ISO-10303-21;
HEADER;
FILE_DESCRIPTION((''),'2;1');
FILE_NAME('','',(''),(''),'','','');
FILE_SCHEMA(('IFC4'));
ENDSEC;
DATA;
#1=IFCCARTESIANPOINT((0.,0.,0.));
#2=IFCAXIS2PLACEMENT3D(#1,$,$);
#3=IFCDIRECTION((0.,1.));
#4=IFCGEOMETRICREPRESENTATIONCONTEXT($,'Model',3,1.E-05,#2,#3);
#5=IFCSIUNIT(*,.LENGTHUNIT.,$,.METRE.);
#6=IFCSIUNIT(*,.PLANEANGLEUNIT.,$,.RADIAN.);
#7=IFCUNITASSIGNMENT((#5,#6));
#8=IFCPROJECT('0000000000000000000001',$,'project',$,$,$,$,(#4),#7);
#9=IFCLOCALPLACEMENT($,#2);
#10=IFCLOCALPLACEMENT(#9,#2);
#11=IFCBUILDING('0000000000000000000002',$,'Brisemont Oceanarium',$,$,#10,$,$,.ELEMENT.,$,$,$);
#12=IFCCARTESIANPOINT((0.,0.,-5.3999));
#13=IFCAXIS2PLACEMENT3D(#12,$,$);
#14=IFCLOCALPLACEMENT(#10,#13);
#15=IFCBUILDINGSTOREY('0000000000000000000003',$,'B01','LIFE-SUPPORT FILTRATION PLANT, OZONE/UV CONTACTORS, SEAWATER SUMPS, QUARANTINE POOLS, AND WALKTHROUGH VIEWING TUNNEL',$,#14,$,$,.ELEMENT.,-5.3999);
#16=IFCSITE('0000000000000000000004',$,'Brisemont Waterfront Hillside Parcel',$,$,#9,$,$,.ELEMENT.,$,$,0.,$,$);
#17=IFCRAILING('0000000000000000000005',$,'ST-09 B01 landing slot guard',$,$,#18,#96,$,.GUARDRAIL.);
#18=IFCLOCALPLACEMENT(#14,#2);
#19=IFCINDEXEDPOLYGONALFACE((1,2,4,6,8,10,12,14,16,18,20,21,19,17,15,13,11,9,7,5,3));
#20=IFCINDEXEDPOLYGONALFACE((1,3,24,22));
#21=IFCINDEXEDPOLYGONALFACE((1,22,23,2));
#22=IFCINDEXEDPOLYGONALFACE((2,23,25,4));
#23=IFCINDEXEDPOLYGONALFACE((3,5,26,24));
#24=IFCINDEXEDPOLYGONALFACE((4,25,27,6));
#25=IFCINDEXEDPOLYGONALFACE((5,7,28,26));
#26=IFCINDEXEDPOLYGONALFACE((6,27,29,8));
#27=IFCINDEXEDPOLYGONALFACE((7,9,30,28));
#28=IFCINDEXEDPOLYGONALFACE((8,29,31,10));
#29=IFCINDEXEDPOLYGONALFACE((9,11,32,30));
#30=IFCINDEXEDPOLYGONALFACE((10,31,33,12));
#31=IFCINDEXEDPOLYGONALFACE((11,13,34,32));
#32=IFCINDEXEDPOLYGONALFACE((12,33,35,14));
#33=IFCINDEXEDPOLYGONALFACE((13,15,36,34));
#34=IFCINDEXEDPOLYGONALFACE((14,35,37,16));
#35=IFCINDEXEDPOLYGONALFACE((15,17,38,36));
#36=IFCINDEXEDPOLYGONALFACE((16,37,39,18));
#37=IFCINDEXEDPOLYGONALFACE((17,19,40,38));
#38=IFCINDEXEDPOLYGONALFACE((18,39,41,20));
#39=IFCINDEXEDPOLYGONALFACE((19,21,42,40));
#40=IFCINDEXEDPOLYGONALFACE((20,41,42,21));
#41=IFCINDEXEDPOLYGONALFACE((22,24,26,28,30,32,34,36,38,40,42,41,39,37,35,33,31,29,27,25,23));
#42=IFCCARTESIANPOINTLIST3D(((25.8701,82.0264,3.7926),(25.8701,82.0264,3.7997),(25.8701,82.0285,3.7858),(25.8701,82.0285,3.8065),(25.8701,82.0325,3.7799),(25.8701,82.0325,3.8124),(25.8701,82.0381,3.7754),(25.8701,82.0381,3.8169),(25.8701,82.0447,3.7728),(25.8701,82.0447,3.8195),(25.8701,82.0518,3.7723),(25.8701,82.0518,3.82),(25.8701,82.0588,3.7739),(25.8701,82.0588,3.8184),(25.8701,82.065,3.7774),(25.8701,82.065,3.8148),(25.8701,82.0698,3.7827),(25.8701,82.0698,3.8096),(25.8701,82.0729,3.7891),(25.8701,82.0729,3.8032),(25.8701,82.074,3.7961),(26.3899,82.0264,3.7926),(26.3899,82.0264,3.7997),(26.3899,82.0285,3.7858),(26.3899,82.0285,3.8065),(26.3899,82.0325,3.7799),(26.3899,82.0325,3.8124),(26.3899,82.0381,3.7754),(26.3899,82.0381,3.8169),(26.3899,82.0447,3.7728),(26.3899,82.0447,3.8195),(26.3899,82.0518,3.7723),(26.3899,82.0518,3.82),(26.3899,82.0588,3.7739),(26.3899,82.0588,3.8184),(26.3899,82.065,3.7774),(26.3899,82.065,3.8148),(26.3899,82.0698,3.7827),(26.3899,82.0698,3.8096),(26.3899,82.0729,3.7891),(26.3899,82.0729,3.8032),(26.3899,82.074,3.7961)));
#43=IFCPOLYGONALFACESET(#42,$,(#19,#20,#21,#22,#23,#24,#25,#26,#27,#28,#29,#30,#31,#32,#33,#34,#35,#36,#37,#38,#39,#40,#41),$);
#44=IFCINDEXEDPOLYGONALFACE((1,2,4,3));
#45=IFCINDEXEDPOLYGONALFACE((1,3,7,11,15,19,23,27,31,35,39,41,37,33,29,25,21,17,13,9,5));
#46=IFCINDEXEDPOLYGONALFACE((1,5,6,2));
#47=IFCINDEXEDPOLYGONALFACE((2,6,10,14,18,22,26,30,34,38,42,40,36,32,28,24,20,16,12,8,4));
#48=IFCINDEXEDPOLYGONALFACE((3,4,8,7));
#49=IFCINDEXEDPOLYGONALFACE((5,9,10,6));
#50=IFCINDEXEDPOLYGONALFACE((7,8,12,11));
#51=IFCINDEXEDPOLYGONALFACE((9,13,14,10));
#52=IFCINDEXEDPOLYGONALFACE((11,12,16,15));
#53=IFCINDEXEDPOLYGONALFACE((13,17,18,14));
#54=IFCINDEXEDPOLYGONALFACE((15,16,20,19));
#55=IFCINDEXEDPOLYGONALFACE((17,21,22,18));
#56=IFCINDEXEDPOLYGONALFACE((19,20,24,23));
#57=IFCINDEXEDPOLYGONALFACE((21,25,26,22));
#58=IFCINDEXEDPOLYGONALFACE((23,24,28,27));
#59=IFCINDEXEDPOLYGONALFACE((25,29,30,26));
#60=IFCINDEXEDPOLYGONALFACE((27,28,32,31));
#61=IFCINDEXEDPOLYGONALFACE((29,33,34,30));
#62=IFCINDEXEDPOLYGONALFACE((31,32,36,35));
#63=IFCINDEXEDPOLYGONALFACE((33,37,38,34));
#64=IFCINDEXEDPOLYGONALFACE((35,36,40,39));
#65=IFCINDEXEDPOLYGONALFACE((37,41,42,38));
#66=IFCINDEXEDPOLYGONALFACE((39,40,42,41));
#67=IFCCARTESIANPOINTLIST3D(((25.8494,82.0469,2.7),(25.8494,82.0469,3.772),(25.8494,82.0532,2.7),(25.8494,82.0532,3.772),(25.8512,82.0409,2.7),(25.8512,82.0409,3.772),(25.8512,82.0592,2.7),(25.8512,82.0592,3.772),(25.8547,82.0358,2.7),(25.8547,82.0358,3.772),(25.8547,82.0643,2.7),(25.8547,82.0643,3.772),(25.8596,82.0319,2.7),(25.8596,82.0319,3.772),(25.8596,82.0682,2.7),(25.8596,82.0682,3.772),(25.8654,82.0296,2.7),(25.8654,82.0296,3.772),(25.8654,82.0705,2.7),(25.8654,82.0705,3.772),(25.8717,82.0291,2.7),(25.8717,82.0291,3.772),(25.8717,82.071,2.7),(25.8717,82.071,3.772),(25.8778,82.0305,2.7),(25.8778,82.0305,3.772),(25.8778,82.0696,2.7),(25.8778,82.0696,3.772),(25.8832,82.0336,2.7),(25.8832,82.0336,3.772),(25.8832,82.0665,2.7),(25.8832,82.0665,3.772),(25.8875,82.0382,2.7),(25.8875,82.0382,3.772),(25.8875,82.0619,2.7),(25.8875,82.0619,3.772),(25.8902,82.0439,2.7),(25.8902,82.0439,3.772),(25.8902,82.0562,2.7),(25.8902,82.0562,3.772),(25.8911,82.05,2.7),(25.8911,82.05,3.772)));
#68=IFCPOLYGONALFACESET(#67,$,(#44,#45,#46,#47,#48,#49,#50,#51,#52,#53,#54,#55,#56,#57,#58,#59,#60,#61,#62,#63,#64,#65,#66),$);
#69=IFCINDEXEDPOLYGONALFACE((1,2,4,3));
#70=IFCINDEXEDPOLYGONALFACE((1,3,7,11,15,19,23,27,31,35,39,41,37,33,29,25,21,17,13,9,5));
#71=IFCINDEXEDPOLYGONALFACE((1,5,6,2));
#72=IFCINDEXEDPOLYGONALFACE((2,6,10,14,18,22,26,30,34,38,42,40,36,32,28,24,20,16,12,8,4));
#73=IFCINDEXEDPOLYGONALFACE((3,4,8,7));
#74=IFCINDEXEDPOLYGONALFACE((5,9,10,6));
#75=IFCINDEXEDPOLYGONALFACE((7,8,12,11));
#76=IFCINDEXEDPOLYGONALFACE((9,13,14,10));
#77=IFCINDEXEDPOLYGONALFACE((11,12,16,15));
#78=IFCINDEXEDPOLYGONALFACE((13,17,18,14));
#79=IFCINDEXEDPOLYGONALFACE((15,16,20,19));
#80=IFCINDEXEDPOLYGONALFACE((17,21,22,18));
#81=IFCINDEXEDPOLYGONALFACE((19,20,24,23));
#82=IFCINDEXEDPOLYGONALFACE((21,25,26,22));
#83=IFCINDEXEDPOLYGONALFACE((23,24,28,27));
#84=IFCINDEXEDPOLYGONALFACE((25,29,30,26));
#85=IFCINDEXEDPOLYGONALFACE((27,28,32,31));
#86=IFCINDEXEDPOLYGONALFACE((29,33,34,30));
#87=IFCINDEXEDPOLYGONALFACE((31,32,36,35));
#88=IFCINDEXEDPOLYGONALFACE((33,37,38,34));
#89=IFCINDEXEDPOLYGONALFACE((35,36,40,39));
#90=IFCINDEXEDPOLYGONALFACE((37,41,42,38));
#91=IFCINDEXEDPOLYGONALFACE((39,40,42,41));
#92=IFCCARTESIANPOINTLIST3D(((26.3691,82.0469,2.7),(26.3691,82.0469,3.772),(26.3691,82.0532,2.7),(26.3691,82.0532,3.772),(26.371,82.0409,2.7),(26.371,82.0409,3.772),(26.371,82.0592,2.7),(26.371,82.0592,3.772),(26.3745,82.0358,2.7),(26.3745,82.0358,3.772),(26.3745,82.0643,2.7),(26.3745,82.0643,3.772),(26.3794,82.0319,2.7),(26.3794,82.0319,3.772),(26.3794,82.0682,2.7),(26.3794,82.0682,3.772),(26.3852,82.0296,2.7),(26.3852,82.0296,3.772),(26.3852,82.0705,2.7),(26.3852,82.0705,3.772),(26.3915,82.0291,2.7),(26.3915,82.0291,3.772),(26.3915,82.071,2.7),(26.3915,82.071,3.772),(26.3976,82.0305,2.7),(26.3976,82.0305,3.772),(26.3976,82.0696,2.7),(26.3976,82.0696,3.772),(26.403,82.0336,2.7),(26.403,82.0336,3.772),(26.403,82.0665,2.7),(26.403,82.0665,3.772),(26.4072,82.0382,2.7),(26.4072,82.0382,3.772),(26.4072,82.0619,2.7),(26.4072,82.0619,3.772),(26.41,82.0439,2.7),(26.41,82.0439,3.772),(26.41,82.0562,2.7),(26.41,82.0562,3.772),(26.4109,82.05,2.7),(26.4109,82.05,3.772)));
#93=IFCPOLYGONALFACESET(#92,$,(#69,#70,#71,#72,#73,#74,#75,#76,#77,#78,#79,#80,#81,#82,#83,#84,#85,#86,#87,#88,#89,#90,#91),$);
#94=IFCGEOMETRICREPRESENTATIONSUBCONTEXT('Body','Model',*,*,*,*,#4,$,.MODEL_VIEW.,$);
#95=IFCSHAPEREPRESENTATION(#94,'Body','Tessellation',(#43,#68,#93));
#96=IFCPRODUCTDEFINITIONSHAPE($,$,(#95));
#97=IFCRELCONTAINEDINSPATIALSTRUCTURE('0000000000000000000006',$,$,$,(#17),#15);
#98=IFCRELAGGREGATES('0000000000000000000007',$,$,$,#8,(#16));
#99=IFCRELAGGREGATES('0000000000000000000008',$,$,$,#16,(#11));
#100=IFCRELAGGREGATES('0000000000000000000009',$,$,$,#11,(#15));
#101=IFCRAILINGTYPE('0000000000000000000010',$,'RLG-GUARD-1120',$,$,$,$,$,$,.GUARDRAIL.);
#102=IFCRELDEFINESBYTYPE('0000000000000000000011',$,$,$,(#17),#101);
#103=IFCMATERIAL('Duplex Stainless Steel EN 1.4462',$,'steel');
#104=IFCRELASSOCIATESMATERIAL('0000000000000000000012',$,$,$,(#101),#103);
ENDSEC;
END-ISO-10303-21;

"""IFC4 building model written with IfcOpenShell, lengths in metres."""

from ifc_helpers import new_model, si_unit, direction, frame, origin, origin_2d, place, context, subcontext, project, spatial, circle, extrude, material, type_object, element, save


model = new_model("IFC4")

# Units and contexts
model_context = context("Model", 3, precision=1e-05, world=origin(), true_north=direction((0.0, 1.0)))
body_context = subcontext(model_context, "Body", "Model", "MODEL_VIEW")
ifc_project = project(units=[si_unit("LENGTHUNIT", "METRE"), si_unit("PLANEANGLEUNIT", "RADIAN")], contexts=[model_context])

# Site, building, storey
site_placement = place(None, origin())
site = spatial("IfcSite", under=ifc_project, at=site_placement, Name="Brisemont Waterfront Hillside Parcel", CompositionType="ELEMENT", RefElevation=0.0)
building_placement = place(site_placement, origin())
building = spatial("IfcBuilding", under=site, at=building_placement, Name="Brisemont Oceanarium", CompositionType="ELEMENT")
storey_placement = place(building_placement, frame((0.0, 0.0, -5.3999)))
storey = spatial("IfcBuildingStorey", under=building, at=storey_placement, Name="B01", Description="LIFE-SUPPORT FILTRATION PLANT, OZONE/UV CONTACTORS, SEAWATER SUMPS, QUARANTINE POOLS, AND WALKTHROUGH VIEWING TUNNEL", CompositionType="ELEMENT", Elevation=-5.3999)

# Railing
ifc_material_1 = material(Name="Duplex Stainless Steel EN 1.4462", Category="steel")
railing_type_1 = type_object("IfcRailingType", Name="RLG-GUARD-1120", PredefinedType="GUARDRAIL", material=ifc_material_1)
railing_1_placement = place(storey_placement, frame((25.8701, 82.05, 2.7)))
element("IfcRailing", 1, at=railing_1_placement, inside=storey, type_object=railing_type_1, Name="ST-09 B01 landing slot guard", PredefinedType="GUARDRAIL", context=body_context, shape_type="SweptSolid", body=[
    extrude(circle(Radius=0.0239, at=origin_2d()), frame((0.0, 0.0, 1.0962), z_axis=(1.0, 0.0, 0.0), x_axis=(0.0, 1.0, 0.0)), (0.0, 0.0, 1.0), 0.5198),
    extrude(circle(Radius=0.021, at=origin_2d()), origin(), (0.0, 0.0, 1.0), 1.072),
    extrude(circle(Radius=0.021, at=origin_2d()), frame((0.5198, 0.0, 0.0)), (0.0, 0.0, 1.0), 1.072),
])

save(model, "model.ifc")
